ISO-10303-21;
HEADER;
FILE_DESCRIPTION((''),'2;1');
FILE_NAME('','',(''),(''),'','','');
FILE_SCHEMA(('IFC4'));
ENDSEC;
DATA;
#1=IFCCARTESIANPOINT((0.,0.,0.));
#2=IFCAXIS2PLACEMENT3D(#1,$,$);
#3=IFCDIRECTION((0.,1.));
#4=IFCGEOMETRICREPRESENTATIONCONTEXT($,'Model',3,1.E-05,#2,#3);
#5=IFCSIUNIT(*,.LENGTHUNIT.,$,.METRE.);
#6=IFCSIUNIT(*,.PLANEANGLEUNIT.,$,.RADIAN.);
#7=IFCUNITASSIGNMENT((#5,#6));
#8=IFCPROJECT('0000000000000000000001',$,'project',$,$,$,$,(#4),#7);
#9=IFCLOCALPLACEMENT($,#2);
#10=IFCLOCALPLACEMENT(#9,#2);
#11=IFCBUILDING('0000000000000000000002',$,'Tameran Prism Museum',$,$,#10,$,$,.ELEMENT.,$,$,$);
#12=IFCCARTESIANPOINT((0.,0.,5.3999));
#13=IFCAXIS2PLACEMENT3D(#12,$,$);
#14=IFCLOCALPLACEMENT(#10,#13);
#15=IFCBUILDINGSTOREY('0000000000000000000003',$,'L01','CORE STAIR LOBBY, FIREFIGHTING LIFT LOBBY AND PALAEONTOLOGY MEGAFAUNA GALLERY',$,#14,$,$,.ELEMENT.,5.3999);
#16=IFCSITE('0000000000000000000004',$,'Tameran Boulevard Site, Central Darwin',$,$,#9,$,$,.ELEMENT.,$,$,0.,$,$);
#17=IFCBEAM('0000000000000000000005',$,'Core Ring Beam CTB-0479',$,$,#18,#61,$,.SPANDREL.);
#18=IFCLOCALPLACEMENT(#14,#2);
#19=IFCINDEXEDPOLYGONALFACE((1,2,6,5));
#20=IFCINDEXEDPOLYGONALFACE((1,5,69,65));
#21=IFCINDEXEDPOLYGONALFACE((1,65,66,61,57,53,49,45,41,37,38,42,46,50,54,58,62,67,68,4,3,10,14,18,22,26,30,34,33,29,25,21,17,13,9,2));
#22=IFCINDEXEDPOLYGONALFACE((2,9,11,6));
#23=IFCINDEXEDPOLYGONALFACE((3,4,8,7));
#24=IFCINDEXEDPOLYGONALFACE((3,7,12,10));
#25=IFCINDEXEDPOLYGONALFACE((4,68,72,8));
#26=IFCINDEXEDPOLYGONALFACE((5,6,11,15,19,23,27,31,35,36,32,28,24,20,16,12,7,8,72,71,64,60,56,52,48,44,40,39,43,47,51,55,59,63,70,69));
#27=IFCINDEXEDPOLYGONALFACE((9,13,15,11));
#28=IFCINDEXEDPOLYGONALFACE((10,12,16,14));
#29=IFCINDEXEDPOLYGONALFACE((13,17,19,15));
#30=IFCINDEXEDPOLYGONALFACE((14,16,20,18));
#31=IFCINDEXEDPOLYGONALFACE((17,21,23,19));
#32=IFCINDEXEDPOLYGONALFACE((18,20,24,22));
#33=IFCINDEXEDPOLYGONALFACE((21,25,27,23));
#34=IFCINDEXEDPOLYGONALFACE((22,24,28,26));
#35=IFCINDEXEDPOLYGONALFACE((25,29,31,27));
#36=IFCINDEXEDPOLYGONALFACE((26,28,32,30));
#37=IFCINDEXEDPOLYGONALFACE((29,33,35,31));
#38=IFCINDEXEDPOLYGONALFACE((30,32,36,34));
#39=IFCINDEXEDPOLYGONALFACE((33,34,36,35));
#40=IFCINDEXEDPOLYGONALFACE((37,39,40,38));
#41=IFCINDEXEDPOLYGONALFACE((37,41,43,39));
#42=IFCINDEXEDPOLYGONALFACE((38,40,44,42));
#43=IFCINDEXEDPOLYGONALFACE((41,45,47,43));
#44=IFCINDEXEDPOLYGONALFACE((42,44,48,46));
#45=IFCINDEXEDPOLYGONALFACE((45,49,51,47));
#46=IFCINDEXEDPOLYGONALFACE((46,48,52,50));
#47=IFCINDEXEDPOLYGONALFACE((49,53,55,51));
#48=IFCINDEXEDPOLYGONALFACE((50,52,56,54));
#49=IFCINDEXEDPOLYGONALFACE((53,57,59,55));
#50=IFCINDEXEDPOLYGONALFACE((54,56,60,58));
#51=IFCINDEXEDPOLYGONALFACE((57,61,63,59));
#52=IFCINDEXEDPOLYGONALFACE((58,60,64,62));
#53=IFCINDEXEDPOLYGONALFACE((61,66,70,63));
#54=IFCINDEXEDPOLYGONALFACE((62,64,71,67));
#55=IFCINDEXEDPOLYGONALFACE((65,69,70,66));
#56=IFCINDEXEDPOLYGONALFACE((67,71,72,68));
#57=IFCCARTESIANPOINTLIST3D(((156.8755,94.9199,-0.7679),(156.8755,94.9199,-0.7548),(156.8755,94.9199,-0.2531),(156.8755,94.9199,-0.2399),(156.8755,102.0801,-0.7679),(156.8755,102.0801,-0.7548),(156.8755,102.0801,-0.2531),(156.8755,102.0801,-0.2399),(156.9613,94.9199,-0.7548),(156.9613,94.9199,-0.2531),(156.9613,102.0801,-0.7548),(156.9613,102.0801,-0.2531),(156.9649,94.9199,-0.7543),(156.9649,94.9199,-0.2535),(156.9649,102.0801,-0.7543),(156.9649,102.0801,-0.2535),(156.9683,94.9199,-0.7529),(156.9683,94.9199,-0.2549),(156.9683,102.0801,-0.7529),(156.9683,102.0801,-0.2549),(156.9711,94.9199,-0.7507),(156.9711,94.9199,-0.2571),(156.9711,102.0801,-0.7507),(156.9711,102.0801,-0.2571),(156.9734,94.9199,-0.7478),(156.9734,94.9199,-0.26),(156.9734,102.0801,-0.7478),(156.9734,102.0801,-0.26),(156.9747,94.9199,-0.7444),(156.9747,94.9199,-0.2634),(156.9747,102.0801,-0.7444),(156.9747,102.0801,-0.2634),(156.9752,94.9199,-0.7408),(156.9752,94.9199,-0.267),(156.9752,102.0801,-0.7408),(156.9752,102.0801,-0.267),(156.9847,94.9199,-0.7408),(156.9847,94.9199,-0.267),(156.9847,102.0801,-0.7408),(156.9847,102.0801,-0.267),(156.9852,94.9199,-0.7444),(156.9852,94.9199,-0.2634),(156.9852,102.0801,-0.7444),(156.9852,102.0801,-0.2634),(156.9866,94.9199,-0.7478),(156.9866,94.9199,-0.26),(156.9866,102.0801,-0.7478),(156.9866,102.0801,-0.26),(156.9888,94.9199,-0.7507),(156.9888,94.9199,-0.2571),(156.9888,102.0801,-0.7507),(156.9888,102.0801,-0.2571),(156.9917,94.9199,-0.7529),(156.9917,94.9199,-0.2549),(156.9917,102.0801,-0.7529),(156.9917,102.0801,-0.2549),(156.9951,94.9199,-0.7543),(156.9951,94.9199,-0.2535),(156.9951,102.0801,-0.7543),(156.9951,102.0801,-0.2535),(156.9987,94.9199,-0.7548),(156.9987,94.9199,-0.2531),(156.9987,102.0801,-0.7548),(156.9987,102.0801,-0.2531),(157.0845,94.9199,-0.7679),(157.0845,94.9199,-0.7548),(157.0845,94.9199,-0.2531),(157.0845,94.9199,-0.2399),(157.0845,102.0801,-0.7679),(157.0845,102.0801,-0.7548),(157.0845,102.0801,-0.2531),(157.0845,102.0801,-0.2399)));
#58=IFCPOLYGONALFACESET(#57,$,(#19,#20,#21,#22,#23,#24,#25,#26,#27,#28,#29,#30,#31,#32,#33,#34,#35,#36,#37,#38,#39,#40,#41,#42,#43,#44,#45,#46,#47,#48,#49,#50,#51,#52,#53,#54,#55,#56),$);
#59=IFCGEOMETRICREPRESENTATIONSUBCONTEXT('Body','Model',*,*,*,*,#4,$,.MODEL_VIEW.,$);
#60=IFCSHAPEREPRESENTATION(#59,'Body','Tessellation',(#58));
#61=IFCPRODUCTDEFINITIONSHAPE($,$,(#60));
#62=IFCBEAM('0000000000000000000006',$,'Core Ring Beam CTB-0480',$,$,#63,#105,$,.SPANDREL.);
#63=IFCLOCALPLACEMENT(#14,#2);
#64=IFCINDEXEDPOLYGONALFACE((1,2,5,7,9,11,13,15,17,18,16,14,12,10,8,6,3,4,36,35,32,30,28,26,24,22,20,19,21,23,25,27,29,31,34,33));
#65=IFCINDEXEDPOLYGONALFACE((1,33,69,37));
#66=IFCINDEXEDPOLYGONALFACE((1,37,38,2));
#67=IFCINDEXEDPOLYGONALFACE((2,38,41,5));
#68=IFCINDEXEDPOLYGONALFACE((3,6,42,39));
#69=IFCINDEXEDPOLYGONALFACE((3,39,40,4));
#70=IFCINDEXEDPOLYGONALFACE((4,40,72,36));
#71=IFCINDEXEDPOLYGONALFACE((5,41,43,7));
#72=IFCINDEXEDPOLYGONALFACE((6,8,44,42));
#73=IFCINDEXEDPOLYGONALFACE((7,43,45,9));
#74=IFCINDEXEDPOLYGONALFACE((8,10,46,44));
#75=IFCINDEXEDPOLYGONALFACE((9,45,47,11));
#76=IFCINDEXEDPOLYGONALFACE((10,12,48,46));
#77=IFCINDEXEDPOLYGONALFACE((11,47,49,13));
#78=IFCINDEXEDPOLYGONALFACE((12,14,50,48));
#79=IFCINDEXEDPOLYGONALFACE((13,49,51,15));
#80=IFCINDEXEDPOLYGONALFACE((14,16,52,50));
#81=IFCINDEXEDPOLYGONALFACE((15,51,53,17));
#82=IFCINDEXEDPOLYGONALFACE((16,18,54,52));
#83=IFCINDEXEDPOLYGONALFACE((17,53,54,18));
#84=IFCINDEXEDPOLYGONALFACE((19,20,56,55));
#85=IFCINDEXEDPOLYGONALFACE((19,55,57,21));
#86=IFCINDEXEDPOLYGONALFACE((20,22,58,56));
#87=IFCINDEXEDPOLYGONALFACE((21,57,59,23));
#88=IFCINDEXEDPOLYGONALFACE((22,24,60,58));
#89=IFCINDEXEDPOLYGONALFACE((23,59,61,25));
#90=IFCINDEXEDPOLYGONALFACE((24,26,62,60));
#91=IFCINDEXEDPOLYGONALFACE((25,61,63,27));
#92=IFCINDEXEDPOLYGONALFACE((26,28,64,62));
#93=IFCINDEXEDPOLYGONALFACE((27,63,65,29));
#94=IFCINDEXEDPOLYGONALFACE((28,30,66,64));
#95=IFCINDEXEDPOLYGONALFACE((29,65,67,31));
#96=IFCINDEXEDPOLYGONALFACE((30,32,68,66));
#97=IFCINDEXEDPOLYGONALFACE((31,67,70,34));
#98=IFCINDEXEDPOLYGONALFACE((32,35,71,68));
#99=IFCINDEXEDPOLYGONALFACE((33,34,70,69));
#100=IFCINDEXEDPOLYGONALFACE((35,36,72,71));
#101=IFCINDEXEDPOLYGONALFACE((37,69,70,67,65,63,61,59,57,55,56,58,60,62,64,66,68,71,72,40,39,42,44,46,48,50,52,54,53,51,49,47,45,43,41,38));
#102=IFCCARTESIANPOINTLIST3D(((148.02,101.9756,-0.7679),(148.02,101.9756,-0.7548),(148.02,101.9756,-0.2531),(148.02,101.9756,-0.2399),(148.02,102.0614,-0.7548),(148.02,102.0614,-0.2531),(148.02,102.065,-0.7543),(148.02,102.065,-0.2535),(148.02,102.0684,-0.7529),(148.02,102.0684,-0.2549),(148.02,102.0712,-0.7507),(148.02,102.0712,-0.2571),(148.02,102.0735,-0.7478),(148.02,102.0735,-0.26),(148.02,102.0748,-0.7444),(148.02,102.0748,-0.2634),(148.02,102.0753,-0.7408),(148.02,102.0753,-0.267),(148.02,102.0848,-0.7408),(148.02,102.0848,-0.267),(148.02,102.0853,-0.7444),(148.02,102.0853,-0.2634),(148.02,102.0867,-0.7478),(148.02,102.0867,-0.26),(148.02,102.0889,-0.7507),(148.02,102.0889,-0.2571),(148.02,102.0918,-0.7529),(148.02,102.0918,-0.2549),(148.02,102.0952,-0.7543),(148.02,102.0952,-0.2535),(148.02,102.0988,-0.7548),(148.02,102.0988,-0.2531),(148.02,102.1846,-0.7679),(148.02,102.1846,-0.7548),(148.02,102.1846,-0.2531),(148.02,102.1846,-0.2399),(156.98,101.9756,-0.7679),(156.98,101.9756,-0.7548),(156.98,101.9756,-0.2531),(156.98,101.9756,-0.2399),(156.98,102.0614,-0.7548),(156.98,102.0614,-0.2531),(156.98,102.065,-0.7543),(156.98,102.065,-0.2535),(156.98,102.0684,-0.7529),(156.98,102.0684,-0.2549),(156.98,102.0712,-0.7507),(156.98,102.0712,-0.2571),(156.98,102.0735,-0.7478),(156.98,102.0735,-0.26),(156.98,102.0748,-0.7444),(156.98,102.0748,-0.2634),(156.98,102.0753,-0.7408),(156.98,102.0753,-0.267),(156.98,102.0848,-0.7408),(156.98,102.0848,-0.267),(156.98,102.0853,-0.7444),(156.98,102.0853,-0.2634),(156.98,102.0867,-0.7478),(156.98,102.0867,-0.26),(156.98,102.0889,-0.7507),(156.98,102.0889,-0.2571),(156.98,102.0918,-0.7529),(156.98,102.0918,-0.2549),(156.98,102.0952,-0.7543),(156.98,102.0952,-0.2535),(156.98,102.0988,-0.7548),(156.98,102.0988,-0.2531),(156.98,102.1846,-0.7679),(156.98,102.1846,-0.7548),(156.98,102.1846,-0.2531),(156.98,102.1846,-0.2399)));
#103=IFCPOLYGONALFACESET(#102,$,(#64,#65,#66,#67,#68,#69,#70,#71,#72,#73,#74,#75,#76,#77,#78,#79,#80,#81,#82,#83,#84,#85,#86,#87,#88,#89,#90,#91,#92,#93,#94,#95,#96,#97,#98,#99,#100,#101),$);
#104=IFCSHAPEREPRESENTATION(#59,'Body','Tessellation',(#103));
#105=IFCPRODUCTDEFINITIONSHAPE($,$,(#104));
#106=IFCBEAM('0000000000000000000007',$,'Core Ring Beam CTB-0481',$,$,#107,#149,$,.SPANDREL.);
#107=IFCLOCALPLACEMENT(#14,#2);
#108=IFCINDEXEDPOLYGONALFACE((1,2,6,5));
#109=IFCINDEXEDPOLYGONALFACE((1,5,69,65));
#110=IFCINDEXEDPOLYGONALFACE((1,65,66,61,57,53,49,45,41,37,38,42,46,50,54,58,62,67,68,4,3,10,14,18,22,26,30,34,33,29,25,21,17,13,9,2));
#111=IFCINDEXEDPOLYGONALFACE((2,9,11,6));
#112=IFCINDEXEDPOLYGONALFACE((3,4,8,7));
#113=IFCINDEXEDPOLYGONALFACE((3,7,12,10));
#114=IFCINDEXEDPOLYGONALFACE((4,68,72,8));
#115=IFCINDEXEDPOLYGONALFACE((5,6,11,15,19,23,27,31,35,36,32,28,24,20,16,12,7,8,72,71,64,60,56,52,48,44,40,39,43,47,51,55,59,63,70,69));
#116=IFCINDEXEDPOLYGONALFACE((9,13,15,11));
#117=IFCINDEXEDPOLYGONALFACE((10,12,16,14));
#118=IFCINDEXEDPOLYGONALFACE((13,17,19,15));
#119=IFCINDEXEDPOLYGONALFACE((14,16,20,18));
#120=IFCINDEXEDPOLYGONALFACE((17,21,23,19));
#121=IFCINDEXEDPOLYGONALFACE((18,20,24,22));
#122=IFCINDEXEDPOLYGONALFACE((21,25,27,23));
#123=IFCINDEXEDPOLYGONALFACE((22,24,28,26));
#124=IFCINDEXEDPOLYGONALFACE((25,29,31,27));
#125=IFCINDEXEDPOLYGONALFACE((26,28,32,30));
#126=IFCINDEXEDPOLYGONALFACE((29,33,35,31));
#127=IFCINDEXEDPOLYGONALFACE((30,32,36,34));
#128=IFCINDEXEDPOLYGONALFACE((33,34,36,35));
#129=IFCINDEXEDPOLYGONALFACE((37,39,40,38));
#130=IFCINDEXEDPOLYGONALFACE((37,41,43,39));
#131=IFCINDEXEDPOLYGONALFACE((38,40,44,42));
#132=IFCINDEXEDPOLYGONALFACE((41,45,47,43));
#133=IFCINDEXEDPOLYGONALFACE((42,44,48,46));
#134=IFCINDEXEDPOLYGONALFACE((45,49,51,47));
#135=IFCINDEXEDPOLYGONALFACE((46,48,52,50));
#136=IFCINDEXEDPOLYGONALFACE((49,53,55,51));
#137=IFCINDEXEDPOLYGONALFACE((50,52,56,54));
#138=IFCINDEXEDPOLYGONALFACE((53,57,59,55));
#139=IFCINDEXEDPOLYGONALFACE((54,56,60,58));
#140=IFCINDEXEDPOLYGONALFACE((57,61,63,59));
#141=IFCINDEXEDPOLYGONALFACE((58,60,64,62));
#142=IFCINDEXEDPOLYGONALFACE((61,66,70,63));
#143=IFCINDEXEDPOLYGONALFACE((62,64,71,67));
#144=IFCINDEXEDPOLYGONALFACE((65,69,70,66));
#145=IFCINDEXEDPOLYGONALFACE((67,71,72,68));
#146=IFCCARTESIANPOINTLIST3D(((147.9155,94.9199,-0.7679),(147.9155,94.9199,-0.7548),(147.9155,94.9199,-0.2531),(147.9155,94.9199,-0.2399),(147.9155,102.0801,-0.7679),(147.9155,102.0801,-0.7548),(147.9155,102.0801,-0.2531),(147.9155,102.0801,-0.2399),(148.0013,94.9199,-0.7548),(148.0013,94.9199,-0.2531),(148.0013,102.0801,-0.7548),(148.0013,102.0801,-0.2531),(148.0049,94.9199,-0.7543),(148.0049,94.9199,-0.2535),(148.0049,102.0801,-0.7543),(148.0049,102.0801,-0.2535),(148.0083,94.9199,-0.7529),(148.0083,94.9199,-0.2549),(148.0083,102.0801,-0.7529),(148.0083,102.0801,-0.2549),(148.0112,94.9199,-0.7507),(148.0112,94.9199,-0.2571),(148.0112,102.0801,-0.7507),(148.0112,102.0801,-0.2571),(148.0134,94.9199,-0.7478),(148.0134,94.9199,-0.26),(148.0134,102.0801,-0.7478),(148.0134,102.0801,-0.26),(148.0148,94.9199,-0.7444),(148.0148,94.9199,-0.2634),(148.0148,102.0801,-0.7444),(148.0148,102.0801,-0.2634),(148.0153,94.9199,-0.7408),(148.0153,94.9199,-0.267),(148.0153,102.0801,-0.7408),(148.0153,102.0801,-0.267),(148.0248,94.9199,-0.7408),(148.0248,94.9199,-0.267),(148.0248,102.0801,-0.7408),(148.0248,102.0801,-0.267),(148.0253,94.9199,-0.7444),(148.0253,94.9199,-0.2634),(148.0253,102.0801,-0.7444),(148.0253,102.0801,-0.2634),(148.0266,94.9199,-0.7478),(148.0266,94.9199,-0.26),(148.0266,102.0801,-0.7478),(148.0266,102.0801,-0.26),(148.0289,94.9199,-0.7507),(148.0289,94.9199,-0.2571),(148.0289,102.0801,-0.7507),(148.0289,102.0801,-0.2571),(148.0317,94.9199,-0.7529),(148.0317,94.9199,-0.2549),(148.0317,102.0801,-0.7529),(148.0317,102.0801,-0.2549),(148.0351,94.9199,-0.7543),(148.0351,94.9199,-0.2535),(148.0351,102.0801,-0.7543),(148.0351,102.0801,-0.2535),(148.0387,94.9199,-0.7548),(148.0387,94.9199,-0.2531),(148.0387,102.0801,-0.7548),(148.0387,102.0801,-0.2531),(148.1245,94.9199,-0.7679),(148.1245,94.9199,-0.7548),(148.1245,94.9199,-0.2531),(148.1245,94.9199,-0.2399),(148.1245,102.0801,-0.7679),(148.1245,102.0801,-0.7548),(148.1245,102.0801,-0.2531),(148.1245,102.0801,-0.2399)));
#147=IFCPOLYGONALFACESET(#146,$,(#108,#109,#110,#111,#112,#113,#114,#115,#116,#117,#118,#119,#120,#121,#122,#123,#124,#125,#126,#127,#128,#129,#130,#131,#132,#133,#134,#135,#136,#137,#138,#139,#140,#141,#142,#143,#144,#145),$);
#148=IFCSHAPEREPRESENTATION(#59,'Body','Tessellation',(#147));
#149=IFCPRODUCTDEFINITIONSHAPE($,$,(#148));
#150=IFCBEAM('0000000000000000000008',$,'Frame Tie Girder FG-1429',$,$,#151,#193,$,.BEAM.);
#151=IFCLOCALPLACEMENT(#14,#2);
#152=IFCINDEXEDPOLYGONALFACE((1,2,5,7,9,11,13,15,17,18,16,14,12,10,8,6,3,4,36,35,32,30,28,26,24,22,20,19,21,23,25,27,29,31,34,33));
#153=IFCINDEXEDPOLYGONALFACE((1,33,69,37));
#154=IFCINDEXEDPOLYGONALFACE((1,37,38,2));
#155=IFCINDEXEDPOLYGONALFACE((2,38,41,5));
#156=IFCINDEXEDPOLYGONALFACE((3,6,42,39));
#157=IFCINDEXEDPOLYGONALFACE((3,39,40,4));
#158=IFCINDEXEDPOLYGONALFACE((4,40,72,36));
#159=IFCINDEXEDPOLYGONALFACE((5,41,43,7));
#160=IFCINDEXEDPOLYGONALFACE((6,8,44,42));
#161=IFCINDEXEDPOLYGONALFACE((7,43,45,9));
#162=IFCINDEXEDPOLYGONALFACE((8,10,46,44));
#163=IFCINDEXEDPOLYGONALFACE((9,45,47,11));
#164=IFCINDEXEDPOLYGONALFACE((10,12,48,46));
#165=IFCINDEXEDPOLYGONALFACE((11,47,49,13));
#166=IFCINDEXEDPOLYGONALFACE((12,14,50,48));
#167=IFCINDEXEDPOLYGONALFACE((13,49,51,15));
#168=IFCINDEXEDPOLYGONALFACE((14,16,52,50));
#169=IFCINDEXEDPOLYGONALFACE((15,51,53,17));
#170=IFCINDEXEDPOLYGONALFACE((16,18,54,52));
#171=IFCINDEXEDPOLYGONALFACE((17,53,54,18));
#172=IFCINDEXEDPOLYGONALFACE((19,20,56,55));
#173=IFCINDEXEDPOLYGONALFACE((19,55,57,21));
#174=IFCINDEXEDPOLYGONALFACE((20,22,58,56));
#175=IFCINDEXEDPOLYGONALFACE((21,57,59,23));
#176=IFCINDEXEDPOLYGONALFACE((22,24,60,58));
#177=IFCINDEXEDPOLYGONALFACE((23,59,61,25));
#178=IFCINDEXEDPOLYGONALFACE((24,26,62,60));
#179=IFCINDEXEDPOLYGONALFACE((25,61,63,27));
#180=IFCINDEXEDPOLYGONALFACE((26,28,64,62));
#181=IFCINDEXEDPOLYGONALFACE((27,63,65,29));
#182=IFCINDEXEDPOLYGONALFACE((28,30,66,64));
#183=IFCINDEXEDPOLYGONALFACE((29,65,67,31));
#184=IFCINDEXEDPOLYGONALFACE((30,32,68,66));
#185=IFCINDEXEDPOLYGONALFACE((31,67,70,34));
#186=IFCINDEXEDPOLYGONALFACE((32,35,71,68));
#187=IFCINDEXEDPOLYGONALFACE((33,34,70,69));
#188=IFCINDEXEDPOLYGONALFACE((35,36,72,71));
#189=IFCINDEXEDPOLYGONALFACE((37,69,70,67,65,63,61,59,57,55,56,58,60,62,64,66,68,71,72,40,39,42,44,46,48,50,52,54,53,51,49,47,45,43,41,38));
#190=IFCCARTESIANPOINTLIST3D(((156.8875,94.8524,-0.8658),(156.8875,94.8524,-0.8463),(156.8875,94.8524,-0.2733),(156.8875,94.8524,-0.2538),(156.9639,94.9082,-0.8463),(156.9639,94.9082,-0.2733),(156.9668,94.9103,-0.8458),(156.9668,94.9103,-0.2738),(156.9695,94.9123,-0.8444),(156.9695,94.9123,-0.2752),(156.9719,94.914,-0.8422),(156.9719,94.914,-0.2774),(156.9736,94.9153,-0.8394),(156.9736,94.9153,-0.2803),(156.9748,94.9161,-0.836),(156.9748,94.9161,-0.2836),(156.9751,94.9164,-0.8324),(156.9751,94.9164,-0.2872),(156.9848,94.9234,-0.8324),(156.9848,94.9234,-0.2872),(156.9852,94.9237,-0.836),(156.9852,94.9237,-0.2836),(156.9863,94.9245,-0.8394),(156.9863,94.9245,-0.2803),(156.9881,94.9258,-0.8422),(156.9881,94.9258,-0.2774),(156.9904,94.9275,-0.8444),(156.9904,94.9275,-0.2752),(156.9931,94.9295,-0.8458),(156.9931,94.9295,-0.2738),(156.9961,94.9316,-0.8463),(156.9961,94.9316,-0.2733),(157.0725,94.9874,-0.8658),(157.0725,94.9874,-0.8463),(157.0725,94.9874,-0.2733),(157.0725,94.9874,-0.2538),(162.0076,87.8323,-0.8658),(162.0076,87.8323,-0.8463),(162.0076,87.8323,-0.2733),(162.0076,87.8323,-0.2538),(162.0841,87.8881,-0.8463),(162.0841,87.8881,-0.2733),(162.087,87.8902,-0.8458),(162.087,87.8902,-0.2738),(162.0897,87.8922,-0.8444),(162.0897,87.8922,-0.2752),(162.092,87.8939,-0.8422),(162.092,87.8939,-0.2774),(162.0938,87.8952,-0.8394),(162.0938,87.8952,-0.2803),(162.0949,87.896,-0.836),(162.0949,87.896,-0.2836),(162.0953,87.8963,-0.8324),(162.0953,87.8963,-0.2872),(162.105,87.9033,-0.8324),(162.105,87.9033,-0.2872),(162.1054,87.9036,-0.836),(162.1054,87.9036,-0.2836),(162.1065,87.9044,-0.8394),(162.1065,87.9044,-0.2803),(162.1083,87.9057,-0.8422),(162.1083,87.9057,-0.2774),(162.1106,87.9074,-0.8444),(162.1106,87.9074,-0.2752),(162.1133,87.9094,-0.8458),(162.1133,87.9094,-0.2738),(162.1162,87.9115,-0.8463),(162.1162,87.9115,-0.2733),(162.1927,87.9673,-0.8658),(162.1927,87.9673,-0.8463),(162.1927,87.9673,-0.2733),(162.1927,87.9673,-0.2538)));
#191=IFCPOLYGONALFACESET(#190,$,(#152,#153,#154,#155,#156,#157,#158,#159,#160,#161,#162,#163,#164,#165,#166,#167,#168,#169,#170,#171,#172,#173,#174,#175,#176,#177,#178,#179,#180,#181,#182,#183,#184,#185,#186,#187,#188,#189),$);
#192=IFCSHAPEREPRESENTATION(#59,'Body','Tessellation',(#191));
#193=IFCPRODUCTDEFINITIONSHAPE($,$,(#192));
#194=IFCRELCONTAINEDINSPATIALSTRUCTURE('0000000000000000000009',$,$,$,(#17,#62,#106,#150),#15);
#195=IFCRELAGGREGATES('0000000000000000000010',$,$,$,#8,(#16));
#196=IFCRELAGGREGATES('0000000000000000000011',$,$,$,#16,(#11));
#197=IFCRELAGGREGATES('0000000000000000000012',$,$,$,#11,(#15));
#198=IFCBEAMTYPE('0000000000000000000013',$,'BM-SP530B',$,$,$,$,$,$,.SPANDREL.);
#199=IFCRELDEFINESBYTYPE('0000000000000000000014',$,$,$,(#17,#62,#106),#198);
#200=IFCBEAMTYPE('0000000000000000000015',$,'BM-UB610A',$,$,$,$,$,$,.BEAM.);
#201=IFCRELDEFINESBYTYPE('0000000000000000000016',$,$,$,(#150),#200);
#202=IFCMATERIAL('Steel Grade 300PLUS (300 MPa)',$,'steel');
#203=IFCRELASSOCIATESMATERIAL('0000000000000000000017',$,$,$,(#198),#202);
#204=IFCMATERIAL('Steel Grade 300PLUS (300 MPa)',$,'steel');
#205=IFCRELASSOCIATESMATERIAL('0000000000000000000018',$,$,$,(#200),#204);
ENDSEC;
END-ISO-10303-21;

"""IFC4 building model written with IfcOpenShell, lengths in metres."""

from ifc_helpers import new_model, si_unit, direction, frame, origin, origin_2d, place, context, subcontext, project, spatial, i_section, extrude, material, material_profile, profile_set, type_object, element, save


model = new_model("IFC4")

# Units and contexts
model_context = context("Model", 3, precision=1e-05, world=origin(), true_north=direction((0.0, 1.0)))
body_context = subcontext(model_context, "Body", "Model", "MODEL_VIEW")
ifc_project = project(units=[si_unit("LENGTHUNIT", "METRE"), si_unit("PLANEANGLEUNIT", "RADIAN")], contexts=[model_context])

# Site, building, storey
site_placement = place(None, origin())
site = spatial("IfcSite", under=ifc_project, at=site_placement, Name="Tameran Boulevard Site, Central Darwin", CompositionType="ELEMENT", RefElevation=0.0)
building_placement = place(site_placement, origin())
building = spatial("IfcBuilding", under=site, at=building_placement, Name="Tameran Prism Museum", CompositionType="ELEMENT")
storey_placement = place(building_placement, frame((0.0, 0.0, 5.3999)))
storey = spatial("IfcBuildingStorey", under=building, at=storey_placement, Name="L01", Description="CORE STAIR LOBBY, FIREFIGHTING LIFT LOBBY AND PALAEONTOLOGY MEGAFAUNA GALLERY", CompositionType="ELEMENT", Elevation=5.3999)

# Beams
ifc_material_1 = material(Name="Steel Grade 300PLUS (300 MPa)", Category="steel")
ifc_material_profile_1 = material_profile(ifc_material_1, i_section(OverallWidth=0.209, OverallDepth=0.5281, WebThickness=0.0095, FlangeThickness=0.0132, FilletRadius=0.0139, at=origin_2d()))
ifc_profile_set_1 = profile_set([ifc_material_profile_1])
beam_type_1 = type_object("IfcBeamType", Name="BM-SP530B", PredefinedType="SPANDREL", material=ifc_profile_set_1)
beam_1_placement = place(storey_placement, frame((156.98, 94.9199, -0.5039), z_axis=(0.0, 1.0, 0.0), x_axis=(-1.0, 0.0, 0.0)))
element("IfcBeam", 1, at=beam_1_placement, inside=storey, type_object=beam_type_1, Name="Core Ring Beam CTB-0479", PredefinedType="SPANDREL", context=body_context, shape_type="SweptSolid", body=[
    extrude(i_section(OverallWidth=0.209, OverallDepth=0.5281, WebThickness=0.0095, FlangeThickness=0.0132, FilletRadius=0.0139, at=origin_2d()), origin(), (0.0, 0.0, 1.0), 7.1602),
])
beam_2_placement = place(storey_placement, frame((156.98, 102.0801, -0.5039), z_axis=(-1.0, 0.0, 0.0), x_axis=(0.0, -1.0, 0.0)))
element("IfcBeam", 2, at=beam_2_placement, inside=storey, type_object=beam_type_1, Name="Core Ring Beam CTB-0480", PredefinedType="SPANDREL", context=body_context, shape_type="SweptSolid", body=[
    extrude(i_section(OverallWidth=0.209, OverallDepth=0.5281, WebThickness=0.0095, FlangeThickness=0.0132, FilletRadius=0.0139, at=origin_2d()), origin(), (0.0, 0.0, 1.0), 8.96),
])
beam_3_placement = place(storey_placement, frame((148.02, 102.0801, -0.5039), z_axis=(0.0, -1.0, 0.0), x_axis=(1.0, 0.0, 0.0)))
element("IfcBeam", 3, at=beam_3_placement, inside=storey, type_object=beam_type_1, Name="Core Ring Beam CTB-0481", PredefinedType="SPANDREL", context=body_context, shape_type="SweptSolid", body=[
    extrude(i_section(OverallWidth=0.209, OverallDepth=0.5281, WebThickness=0.0095, FlangeThickness=0.0132, FilletRadius=0.0139, at=origin_2d()), origin(), (0.0, 0.0, 1.0), 7.1602),
])
ifc_material_2 = material(Name="Steel Grade 300PLUS (300 MPa)", Category="steel")
ifc_material_profile_2 = material_profile(ifc_material_2, i_section(OverallWidth=0.229, OverallDepth=0.6121, WebThickness=0.012, FlangeThickness=0.0195, FilletRadius=0.0139, at=origin_2d()))
ifc_profile_set_2 = profile_set([ifc_material_profile_2])
beam_type_2 = type_object("IfcBeamType", Name="BM-UB610A", PredefinedType="BEAM", material=ifc_profile_set_2)
beam_4_placement = place(storey_placement, frame((156.98, 94.9199, -0.5598), z_axis=(0.589274, -0.807933, 0.0), x_axis=(0.807933, 0.589274, 0.0)))
element("IfcBeam", 4, at=beam_4_placement, inside=storey, type_object=beam_type_2, Name="Frame Tie Girder FG-1429", PredefinedType="BEAM", context=body_context, shape_type="SweptSolid", body=[
    extrude(i_section(OverallWidth=0.229, OverallDepth=0.6121, WebThickness=0.012, FlangeThickness=0.0195, FilletRadius=0.0139, at=origin_2d()), origin(), (0.0, 0.0, 1.0), 8.689),
])

save(model, "model.ifc")
